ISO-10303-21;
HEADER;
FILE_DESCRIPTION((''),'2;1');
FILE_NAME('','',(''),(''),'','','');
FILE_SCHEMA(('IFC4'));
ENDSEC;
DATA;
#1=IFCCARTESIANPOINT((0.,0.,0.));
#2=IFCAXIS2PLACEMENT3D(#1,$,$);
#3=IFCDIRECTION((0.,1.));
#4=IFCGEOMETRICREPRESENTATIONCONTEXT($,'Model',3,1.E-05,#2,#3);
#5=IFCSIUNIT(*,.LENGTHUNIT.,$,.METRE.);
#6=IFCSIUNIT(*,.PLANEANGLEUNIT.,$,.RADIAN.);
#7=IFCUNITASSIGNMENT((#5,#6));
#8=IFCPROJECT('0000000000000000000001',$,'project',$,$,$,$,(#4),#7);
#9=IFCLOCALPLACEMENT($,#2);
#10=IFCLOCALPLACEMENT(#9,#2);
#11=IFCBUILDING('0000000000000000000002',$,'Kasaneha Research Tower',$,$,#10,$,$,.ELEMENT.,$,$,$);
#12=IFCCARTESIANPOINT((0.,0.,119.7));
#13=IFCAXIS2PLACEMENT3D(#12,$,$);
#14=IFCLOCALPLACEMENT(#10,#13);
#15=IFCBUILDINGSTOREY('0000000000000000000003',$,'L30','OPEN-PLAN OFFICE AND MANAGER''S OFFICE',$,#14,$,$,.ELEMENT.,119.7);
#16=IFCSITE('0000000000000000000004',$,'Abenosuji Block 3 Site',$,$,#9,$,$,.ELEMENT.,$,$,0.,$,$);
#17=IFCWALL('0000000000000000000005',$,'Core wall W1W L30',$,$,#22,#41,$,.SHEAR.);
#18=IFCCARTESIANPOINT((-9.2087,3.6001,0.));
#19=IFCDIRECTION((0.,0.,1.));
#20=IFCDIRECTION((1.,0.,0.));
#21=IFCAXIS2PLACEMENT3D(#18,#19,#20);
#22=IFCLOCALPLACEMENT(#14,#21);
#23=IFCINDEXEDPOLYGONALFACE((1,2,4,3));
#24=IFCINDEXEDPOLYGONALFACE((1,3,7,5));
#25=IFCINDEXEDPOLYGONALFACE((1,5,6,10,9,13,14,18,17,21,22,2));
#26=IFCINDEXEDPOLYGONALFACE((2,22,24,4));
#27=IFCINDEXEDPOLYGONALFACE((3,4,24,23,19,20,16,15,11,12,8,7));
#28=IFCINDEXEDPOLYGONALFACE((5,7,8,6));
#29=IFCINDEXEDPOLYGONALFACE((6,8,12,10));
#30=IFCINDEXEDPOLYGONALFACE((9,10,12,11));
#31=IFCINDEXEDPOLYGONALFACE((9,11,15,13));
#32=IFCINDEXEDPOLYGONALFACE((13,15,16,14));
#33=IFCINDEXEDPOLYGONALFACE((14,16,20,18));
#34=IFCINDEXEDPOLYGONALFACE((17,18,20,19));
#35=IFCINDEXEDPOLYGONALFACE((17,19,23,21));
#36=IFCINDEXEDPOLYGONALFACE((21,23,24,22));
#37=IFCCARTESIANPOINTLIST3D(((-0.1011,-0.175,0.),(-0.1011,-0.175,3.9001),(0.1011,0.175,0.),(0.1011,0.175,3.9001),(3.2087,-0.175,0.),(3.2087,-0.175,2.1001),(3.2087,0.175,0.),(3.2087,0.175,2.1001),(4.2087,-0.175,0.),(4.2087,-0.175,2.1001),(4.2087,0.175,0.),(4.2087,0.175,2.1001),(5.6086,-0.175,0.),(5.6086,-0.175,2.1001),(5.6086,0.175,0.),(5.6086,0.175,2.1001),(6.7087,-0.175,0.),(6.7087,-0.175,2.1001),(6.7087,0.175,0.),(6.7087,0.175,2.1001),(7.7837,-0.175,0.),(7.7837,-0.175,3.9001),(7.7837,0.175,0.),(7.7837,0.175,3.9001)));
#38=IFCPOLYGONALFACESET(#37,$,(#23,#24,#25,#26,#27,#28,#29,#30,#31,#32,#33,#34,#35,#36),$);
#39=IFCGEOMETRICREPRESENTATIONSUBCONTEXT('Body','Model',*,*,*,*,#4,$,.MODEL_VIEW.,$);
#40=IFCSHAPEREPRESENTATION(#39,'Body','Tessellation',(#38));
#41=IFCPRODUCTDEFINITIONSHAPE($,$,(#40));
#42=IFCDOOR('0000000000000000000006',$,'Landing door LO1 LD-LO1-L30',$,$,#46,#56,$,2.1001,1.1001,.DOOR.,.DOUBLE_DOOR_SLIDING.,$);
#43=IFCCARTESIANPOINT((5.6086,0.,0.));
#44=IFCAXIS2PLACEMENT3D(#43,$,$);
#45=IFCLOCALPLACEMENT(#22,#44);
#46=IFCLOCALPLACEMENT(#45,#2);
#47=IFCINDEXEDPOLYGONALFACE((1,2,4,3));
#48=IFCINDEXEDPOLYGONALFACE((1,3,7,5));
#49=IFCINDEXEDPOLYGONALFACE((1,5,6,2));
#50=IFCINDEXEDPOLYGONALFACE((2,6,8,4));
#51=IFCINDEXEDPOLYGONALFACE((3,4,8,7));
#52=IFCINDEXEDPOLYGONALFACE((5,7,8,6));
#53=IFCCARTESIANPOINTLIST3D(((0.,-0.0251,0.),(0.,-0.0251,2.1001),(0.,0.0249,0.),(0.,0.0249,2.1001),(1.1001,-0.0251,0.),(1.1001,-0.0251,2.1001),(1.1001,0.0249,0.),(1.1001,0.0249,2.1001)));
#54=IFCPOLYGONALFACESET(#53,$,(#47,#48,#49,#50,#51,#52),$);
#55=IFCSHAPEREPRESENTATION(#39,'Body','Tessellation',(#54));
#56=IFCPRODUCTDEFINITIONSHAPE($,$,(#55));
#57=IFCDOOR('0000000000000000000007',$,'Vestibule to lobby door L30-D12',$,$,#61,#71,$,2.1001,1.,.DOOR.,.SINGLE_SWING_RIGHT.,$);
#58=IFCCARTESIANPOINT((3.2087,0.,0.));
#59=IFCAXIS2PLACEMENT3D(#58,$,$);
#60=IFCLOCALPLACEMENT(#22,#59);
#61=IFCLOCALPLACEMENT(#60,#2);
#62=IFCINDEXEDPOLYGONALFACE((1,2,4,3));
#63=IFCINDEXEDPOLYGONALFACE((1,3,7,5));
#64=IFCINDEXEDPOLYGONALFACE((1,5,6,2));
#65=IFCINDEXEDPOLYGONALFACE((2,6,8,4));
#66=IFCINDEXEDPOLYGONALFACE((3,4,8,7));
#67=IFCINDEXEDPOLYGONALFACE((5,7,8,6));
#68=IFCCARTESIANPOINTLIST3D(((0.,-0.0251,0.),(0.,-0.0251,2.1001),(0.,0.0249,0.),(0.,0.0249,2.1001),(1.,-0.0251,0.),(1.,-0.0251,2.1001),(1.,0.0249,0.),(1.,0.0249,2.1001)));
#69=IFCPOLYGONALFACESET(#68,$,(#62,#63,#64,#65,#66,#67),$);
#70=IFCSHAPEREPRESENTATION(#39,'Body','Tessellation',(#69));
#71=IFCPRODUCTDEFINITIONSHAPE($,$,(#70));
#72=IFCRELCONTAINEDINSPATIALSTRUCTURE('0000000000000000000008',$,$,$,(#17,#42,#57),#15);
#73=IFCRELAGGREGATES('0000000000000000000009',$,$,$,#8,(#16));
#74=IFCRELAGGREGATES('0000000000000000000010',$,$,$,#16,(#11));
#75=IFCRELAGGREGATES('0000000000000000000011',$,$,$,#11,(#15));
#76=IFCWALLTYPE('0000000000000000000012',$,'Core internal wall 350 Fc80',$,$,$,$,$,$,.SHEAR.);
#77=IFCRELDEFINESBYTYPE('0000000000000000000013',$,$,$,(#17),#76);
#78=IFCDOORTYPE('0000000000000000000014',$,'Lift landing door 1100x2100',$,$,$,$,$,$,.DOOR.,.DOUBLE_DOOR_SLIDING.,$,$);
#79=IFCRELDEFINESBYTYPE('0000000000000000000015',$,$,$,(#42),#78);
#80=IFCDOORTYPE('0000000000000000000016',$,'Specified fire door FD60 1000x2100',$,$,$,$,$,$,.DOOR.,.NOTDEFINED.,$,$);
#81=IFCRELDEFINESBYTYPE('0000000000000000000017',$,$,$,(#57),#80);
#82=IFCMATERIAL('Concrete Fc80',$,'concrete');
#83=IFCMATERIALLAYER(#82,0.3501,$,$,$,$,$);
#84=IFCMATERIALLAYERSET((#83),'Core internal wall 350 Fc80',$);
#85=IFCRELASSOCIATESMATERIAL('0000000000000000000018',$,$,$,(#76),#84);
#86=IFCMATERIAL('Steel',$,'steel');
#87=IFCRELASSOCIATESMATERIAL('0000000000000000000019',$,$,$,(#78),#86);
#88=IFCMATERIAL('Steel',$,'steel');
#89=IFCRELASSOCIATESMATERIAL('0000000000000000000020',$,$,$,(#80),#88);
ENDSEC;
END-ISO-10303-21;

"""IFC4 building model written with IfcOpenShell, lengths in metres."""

from ifc_helpers import new_model, si_unit, direction, frame, frame_2d, origin, place, context, subcontext, project, spatial, polyline, rectangle, outline, extrude, material, layer, layer_set, type_object, element, fill, save


model = new_model("IFC4")

# Units and contexts
model_context = context("Model", 3, precision=1e-05, world=origin(), true_north=direction((0.0, 1.0)))
body_context = subcontext(model_context, "Body", "Model", "MODEL_VIEW")
ifc_project = project(units=[si_unit("LENGTHUNIT", "METRE"), si_unit("PLANEANGLEUNIT", "RADIAN")], contexts=[model_context])

# Site, building, storey
site_placement = place(None, origin())
site = spatial("IfcSite", under=ifc_project, at=site_placement, Name="Abenosuji Block 3 Site", CompositionType="ELEMENT", RefElevation=0.0)
building_placement = place(site_placement, origin())
building = spatial("IfcBuilding", under=site, at=building_placement, Name="Kasaneha Research Tower", CompositionType="ELEMENT")
storey_placement = place(building_placement, frame((0.0, 0.0, 119.7)))
storey = spatial("IfcBuildingStorey", under=building, at=storey_placement, Name="L30", Description="OPEN-PLAN OFFICE AND MANAGER'S OFFICE", CompositionType="ELEMENT", Elevation=119.7)

# Wall, openings, doors
ifc_material_1 = material(Name="Concrete Fc80", Category="concrete")
ifc_layer_1 = layer(ifc_material_1, 0.3501)
ifc_layer_set_1 = layer_set([ifc_layer_1], Name="Core internal wall 350 Fc80")
wall_type_1 = type_object("IfcWallType", Name="Core internal wall 350 Fc80", PredefinedType="SHEAR", material=ifc_layer_set_1)
wall_1_placement = place(storey_placement, frame((-9.2087, 3.6001, 0.0), z_axis=(0.0, 0.0, 1.0), x_axis=(1.0, 0.0, 0.0)))
wall_1 = element("IfcWall", 1, at=wall_1_placement, inside=storey, type_object=wall_type_1, Name="Core wall W1W L30", PredefinedType="SHEAR", context=body_context, shape_type="SweptSolid", body=[
    extrude(outline(polyline([(-0.1011, -0.175), (3.2087, -0.175), (4.2087, -0.175), (5.6086, -0.175), (6.7087, -0.175), (7.7837, -0.175), (7.7837, 0.175), (6.7087, 0.175), (5.6086, 0.175), (4.2087, 0.175), (3.2087, 0.175), (0.1011, 0.175), (-0.1011, -0.175)])), origin(), (0.0, 0.0, 1.0), 3.9001),
])
opening_1_placement = place(wall_1_placement, frame((3.2087, 0.0, 0.0)))
opening_1 = element("IfcOpeningElement", 2, at=opening_1_placement, cuts=wall_1, PredefinedType="OPENING", context=body_context, shape_type="SweptSolid", body=[
    extrude(rectangle(XDim=1.0, YDim=2.1001, at=frame_2d((0.5, 1.05))), frame((0.0, 0.1851, 0.0), z_axis=(0.0, -1.0, 0.0), x_axis=(1.0, 0.0, 0.0)), (0.0, 0.0, 1.0), 0.3701),
])
opening_2_placement = place(wall_1_placement, frame((5.6086, 0.0, 0.0)))
opening_2 = element("IfcOpeningElement", 3, at=opening_2_placement, cuts=wall_1, PredefinedType="OPENING", context=body_context, shape_type="SweptSolid", body=[
    extrude(rectangle(XDim=1.1001, YDim=2.1001, at=frame_2d((0.55, 1.05))), frame((0.0, 0.1851, 0.0), z_axis=(0.0, -1.0, 0.0), x_axis=(1.0, 0.0, 0.0)), (0.0, 0.0, 1.0), 0.3701),
])
ifc_material_2 = material(Name="Steel", Category="steel")
door_type_1 = type_object("IfcDoorType", Name="Lift landing door 1100x2100", OperationType="DOUBLE_DOOR_SLIDING", PredefinedType="DOOR", material=ifc_material_2)
door_1_placement = place(opening_2_placement, origin())
door_1 = element("IfcDoor", 4, at=door_1_placement, inside=storey, type_object=door_type_1, Name="Landing door LO1 LD-LO1-L30", OperationType="DOUBLE_DOOR_SLIDING", OverallHeight=2.1001, OverallWidth=1.1001, PredefinedType="DOOR", context=body_context, shape_type="SweptSolid", body=[
    extrude(rectangle(XDim=1.1001, YDim=2.1001, at=frame_2d((0.55, 1.05))), frame((0.0, 0.0249, 0.0), z_axis=(0.0, -1.0, 0.0), x_axis=(1.0, 0.0, 0.0)), (0.0, 0.0, 1.0), 0.05),
])
fill(opening_2, door_1)
ifc_material_3 = material(Name="Steel", Category="steel")
door_type_2 = type_object("IfcDoorType", Name="Specified fire door FD60 1000x2100", OperationType="NOTDEFINED", PredefinedType="DOOR", material=ifc_material_3)
door_2_placement = place(opening_1_placement, origin())
door_2 = element("IfcDoor", 5, at=door_2_placement, inside=storey, type_object=door_type_2, Name="Vestibule to lobby door L30-D12", OperationType="SINGLE_SWING_RIGHT", OverallHeight=2.1001, OverallWidth=1.0, PredefinedType="DOOR", context=body_context, shape_type="SweptSolid", body=[
    extrude(rectangle(XDim=1.0, YDim=2.1001, at=frame_2d((0.5, 1.05))), frame((0.0, 0.0249, 0.0), z_axis=(0.0, -1.0, 0.0), x_axis=(1.0, 0.0, 0.0)), (0.0, 0.0, 1.0), 0.05),
])
fill(opening_1, door_2)

save(model, "model.ifc")
